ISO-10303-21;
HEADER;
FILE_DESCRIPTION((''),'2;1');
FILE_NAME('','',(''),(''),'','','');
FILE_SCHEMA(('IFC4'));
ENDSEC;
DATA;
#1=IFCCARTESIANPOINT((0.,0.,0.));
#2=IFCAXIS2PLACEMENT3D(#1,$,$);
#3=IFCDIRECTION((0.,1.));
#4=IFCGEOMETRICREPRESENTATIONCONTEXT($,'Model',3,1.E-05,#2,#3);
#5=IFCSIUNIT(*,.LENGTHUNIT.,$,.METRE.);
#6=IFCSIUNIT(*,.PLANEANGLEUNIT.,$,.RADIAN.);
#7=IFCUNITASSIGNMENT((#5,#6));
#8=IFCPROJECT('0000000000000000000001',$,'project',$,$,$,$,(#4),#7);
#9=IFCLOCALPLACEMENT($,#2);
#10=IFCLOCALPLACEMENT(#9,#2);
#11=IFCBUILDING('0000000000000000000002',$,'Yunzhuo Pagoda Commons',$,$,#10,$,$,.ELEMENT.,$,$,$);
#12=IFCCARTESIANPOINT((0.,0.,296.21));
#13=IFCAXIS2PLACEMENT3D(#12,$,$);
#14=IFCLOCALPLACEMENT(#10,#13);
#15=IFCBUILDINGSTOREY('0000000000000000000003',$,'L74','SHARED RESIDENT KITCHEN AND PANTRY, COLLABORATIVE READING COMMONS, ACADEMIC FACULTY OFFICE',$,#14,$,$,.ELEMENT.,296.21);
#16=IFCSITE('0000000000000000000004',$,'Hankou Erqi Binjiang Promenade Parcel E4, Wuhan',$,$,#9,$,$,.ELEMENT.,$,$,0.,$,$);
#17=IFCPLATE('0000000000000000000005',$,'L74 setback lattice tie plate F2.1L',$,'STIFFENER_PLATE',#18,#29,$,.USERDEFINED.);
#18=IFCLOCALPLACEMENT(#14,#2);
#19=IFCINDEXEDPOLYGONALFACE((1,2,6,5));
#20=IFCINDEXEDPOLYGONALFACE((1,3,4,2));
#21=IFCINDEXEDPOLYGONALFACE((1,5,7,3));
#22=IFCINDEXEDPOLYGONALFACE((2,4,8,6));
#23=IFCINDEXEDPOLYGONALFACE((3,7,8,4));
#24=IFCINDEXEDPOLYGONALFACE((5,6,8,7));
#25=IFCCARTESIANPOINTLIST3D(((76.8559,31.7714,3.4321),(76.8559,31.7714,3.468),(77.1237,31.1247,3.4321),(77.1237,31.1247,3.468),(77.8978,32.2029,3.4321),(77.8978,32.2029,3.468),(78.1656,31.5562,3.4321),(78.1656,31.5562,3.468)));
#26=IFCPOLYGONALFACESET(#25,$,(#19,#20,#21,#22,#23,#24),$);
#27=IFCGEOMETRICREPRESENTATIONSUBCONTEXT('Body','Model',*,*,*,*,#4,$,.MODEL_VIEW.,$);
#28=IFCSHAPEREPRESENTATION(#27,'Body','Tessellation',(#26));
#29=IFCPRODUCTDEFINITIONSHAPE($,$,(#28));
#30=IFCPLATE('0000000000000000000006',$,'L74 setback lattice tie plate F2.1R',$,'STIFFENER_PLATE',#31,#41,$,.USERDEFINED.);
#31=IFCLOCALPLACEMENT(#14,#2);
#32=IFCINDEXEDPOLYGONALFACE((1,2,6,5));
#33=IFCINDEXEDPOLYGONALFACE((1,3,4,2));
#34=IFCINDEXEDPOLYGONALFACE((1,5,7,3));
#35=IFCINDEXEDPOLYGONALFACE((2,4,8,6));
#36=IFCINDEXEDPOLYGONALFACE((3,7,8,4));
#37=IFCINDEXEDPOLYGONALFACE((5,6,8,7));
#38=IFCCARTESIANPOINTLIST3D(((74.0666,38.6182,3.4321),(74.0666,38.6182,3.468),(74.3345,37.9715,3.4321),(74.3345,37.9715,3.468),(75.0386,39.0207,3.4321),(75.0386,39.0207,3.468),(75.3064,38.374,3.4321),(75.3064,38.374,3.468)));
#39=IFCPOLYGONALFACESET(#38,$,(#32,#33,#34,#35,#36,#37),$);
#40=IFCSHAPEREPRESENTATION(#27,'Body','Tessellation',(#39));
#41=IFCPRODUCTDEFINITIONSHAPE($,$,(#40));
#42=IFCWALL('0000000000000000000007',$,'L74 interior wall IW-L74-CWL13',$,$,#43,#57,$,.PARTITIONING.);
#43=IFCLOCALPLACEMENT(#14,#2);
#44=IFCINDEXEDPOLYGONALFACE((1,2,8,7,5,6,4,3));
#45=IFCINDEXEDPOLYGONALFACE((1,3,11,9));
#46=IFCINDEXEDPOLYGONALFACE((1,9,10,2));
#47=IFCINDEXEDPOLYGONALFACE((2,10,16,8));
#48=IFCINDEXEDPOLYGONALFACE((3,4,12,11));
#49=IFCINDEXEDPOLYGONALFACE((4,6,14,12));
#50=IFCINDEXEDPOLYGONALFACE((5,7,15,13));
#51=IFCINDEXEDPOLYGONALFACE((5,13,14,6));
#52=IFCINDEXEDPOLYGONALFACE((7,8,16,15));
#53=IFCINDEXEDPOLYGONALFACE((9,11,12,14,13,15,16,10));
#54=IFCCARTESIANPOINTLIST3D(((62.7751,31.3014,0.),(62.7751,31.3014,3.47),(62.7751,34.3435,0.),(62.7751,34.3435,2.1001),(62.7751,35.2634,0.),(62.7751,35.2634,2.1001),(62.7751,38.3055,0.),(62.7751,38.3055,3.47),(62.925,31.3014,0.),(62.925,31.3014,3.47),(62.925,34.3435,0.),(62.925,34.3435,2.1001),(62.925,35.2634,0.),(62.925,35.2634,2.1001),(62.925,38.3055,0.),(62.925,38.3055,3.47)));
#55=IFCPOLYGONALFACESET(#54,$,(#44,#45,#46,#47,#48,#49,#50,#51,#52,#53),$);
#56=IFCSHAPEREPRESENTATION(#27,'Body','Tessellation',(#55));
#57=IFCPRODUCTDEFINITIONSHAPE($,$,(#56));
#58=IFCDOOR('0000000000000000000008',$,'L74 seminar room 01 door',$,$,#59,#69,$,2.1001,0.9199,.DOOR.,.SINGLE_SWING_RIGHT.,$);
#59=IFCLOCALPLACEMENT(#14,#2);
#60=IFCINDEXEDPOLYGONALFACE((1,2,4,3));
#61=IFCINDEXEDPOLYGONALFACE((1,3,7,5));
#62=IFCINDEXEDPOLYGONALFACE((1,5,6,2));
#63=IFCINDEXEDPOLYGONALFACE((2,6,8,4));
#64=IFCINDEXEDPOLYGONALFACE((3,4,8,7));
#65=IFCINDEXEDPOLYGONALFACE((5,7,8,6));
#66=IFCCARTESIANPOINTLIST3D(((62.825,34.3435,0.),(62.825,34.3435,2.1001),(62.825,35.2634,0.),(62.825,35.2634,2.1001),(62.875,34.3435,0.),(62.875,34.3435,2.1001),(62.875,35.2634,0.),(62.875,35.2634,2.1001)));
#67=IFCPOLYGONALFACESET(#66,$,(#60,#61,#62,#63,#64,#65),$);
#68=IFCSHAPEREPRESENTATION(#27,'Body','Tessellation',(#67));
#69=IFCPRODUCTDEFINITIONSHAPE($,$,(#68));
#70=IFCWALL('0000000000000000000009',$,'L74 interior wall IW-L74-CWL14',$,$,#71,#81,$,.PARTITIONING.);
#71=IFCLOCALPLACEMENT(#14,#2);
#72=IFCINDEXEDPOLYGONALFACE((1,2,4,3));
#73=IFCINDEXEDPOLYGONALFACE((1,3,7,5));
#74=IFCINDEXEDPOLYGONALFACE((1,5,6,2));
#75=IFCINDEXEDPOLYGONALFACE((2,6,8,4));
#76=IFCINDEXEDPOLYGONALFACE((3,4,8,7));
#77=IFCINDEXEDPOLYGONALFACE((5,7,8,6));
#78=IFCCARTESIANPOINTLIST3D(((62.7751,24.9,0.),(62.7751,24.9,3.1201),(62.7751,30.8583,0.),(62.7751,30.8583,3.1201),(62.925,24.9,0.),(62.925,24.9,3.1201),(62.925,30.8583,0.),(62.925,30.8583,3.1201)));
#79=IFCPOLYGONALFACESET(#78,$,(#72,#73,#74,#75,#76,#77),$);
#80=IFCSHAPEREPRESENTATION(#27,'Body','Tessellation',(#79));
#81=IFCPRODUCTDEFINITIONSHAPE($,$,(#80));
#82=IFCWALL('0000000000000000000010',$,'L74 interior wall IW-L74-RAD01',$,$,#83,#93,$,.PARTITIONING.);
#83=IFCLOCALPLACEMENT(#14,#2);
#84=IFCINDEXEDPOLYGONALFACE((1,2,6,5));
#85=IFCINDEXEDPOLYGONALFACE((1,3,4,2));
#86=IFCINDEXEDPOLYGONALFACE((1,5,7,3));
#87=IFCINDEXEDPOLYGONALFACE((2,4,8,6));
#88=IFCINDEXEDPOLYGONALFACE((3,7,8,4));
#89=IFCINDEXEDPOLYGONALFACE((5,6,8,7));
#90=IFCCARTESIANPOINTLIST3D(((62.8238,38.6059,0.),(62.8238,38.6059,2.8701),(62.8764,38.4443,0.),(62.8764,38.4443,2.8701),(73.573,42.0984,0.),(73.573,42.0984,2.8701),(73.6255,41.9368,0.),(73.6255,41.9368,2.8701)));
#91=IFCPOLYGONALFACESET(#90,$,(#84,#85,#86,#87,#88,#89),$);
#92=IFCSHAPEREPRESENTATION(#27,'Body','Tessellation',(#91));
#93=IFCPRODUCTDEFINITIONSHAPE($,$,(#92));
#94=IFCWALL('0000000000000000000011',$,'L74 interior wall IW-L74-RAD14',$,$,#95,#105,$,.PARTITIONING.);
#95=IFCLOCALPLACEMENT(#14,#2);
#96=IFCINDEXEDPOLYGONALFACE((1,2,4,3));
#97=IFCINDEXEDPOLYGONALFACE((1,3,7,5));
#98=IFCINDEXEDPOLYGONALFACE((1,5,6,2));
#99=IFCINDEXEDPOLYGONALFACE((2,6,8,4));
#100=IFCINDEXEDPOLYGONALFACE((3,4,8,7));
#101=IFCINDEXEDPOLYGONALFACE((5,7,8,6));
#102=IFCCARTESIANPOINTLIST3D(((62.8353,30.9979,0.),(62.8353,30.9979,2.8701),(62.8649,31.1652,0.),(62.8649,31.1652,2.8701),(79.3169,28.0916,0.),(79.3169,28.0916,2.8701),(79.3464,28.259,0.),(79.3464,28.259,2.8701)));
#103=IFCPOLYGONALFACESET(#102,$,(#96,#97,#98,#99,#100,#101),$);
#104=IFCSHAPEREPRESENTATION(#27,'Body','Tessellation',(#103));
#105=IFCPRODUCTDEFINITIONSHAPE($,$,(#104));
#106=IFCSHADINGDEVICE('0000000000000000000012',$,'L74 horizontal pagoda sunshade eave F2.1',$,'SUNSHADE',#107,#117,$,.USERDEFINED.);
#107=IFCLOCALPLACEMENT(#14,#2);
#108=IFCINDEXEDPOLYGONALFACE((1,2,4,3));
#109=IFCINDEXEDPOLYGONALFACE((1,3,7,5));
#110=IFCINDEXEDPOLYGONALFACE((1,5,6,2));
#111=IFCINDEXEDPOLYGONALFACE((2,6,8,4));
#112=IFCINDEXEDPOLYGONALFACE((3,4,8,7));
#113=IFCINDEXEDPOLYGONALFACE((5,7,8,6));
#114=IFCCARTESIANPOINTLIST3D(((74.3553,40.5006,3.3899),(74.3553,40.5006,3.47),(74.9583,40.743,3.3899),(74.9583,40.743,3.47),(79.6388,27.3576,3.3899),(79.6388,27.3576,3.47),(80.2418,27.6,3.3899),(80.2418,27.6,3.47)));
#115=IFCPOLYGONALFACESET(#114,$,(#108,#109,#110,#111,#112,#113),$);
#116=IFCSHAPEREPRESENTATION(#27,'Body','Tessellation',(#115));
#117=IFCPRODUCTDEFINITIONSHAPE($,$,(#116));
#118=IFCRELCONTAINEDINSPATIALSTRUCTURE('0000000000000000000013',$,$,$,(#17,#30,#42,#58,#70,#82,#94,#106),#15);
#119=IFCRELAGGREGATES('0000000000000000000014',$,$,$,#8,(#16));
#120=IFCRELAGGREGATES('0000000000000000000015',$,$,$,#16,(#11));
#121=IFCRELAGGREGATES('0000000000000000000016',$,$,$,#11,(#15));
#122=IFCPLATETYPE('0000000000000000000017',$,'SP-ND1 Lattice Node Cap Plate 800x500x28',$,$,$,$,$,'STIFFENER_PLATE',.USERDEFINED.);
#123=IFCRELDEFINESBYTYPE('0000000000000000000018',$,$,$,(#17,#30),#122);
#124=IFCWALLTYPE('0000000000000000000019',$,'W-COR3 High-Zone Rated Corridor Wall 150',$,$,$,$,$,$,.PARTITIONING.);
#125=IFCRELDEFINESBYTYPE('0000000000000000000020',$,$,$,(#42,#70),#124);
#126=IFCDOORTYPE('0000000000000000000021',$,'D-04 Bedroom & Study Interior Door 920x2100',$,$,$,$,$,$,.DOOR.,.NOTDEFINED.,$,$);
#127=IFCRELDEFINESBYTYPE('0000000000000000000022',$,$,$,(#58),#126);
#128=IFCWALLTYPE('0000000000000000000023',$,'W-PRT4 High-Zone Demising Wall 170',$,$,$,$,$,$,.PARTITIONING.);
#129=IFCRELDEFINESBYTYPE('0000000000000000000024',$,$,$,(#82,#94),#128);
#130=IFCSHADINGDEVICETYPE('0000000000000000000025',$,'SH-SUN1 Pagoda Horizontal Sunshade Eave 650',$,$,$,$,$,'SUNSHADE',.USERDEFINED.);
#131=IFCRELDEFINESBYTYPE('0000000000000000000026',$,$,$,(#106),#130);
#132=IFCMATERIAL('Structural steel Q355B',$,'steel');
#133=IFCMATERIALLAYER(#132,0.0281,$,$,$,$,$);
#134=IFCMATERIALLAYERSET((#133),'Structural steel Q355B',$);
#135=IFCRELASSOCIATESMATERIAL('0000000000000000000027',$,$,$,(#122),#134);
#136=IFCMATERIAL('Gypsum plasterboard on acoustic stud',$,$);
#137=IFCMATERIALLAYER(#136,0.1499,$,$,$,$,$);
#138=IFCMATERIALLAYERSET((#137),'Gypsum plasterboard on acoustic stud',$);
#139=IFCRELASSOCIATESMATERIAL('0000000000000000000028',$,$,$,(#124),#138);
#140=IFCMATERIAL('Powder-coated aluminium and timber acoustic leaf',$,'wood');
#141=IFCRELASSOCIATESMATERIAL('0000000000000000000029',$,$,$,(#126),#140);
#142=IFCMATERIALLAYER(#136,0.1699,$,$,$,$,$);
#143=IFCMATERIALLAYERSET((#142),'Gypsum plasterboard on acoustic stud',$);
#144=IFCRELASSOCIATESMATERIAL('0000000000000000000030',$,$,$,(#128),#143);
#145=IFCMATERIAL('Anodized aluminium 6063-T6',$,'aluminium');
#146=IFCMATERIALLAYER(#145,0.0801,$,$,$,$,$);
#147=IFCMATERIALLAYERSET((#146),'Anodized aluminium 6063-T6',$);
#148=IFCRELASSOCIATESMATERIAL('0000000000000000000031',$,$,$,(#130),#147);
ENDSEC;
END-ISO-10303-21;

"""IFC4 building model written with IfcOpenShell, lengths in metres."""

from ifc_helpers import new_model, si_unit, direction, frame, frame_2d, origin, origin_with_axes, origin_2d, place, context, subcontext, project, spatial, rectangle, extrude, source, transform, mapped, material, layer, layer_set, type_object, element, fill, save


model = new_model("IFC4")

# Units and contexts
model_context = context("Model", 3, precision=1e-05, world=origin(), true_north=direction((0.0, 1.0)))
body_context = subcontext(model_context, "Body", "Model", "MODEL_VIEW")
ifc_project = project(units=[si_unit("LENGTHUNIT", "METRE"), si_unit("PLANEANGLEUNIT", "RADIAN")], contexts=[model_context])

# Site, building, storey
site_placement = place(None, origin())
site = spatial("IfcSite", under=ifc_project, at=site_placement, Name="Hankou Erqi Binjiang Promenade Parcel E4, Wuhan", CompositionType="ELEMENT", RefElevation=0.0)
building_placement = place(site_placement, origin())
building = spatial("IfcBuilding", under=site, at=building_placement, Name="Yunzhuo Pagoda Commons", CompositionType="ELEMENT")
storey_placement = place(building_placement, frame((0.0, 0.0, 296.21)))
storey = spatial("IfcBuildingStorey", under=building, at=storey_placement, Name="L74", Description="SHARED RESIDENT KITCHEN AND PANTRY, COLLABORATIVE READING COMMONS, ACADEMIC FACULTY OFFICE", CompositionType="ELEMENT", Elevation=296.21)

# Shared definitions
ifc_material_1 = material(Name="Structural steel Q355B", Category="steel")

# Shared definitions
ifc_material_2 = material(Name="Anodized aluminium 6063-T6", Category="aluminium")

# Plates
ifc_layer_1 = layer(ifc_material_1, 0.0281)
ifc_layer_set_1 = layer_set([ifc_layer_1], Name="Structural steel Q355B")
plate_type_1 = type_object("IfcPlateType", Name="SP-ND1 Lattice Node Cap Plate 800x500x28", ElementType="STIFFENER_PLATE", PredefinedType="USERDEFINED", material=ifc_layer_set_1)
shared_shape_1 = source(origin(), body_context, "Body", "SweptSolid", [
    extrude(rectangle(XDim=0.7, YDim=1.1277, at=origin_2d()), origin(), (0.0, 0.0, 1.0), 0.0359),
])
plate_1_placement = place(storey_placement, frame((77.5107, 31.6638, 3.4321), z_axis=(0.0, 0.0, 1.0), x_axis=(-0.382635, 0.9239, 0.0)))
element("IfcPlate", 1, at=plate_1_placement, inside=storey, type_object=plate_type_1, Name="L74 setback lattice tie plate F2.1L", ObjectType="STIFFENER_PLATE", PredefinedType="USERDEFINED", context=body_context, shape_type="MappedRepresentation", body=[
    mapped(shared_shape_1, transform((0.0, 0.0, 0.0), scale=1.0)),
])
shared_shape_2 = source(origin(), body_context, "Body", "SweptSolid", [
    extrude(rectangle(XDim=0.7, YDim=1.052, at=origin_2d()), origin(), (0.0, 0.0, 1.0), 0.0359),
])
plate_2_placement = place(storey_placement, frame((74.6865, 38.4961, 3.4321), z_axis=(0.0, 0.0, 1.0), x_axis=(-0.382635, 0.9239, 0.0)))
element("IfcPlate", 2, at=plate_2_placement, inside=storey, type_object=plate_type_1, Name="L74 setback lattice tie plate F2.1R", ObjectType="STIFFENER_PLATE", PredefinedType="USERDEFINED", context=body_context, shape_type="MappedRepresentation", body=[
    mapped(shared_shape_2, transform((0.0, 0.0, 0.0), scale=1.0)),
])

# Wall, opening, door
ifc_material_3 = material(Name="Gypsum plasterboard on acoustic stud")
ifc_layer_2 = layer(ifc_material_3, 0.1499)
ifc_layer_set_2 = layer_set([ifc_layer_2], Name="Gypsum plasterboard on acoustic stud")
wall_type_1 = type_object("IfcWallType", Name="W-COR3 High-Zone Rated Corridor Wall 150", PredefinedType="PARTITIONING", material=ifc_layer_set_2)
wall_1_placement = place(storey_placement, frame((62.8501, 38.3054, 0.0), z_axis=(0.0, 0.0, 1.0), x_axis=(0.0, -1.0, 0.0)))
wall_1 = element("IfcWall", 3, at=wall_1_placement, inside=storey, type_object=wall_type_1, Name="L74 interior wall IW-L74-CWL13", PredefinedType="PARTITIONING", context=body_context, shape_type="SweptSolid", body=[
    extrude(rectangle(XDim=7.0042, YDim=0.1499, at=frame_2d((3.502, 0.0))), origin(), (0.0, 0.0, 1.0), 3.47),
])
opening_placement = place(wall_1_placement, frame((3.042, 0.0, 0.0)))
opening = element("IfcOpeningElement", 4, at=opening_placement, cuts=wall_1, PredefinedType="OPENING", context=body_context, shape_type="SweptSolid", body=[
    extrude(rectangle(XDim=0.9199, YDim=2.1001, at=frame_2d((0.46, 1.05))), frame((0.0, 0.085, 0.0), z_axis=(0.0, -1.0, 0.0), x_axis=(1.0, 0.0, 0.0)), (0.0, 0.0, 1.0), 0.1699),
])
ifc_material_4 = material(Name="Powder-coated aluminium and timber acoustic leaf", Category="wood")
door_type = type_object("IfcDoorType", Name="D-04 Bedroom & Study Interior Door 920x2100", OperationType="NOTDEFINED", PredefinedType="DOOR", material=ifc_material_4)
shared_shape_3 = source(origin(), body_context, "Body", "SweptSolid", [
    extrude(rectangle(XDim=0.9199, YDim=2.1001, at=frame_2d((0.46, 1.05))), frame((0.0, 0.0249, 0.0), z_axis=(0.0, -1.0, 0.0), x_axis=(1.0, 0.0, 0.0)), (0.0, 0.0, 1.0), 0.05),
])
door_placement = place(opening_placement, origin_with_axes())
door = element("IfcDoor", 5, at=door_placement, inside=storey, type_object=door_type, Name="L74 seminar room 01 door", OperationType="SINGLE_SWING_RIGHT", OverallHeight=2.1001, OverallWidth=0.9199, PredefinedType="DOOR", context=body_context, shape_type="MappedRepresentation", body=[
    mapped(shared_shape_3, transform((0.0, 0.0, 0.0), scale=1.0)),
])
fill(opening, door)

# Walls
wall_2_placement = place(storey_placement, frame((62.8501, 30.8582, 0.0), z_axis=(0.0, 0.0, 1.0), x_axis=(0.0, -1.0, 0.0)))
element("IfcWall", 6, at=wall_2_placement, inside=storey, type_object=wall_type_1, Name="L74 interior wall IW-L74-CWL14", PredefinedType="PARTITIONING", context=body_context, shape_type="SweptSolid", body=[
    extrude(rectangle(XDim=5.9583, YDim=0.1499, at=frame_2d((2.979, 0.0))), origin(), (0.0, 0.0, 1.0), 3.1201),
])
ifc_layer_3 = layer(ifc_material_3, 0.1699)
ifc_layer_set_3 = layer_set([ifc_layer_3], Name="Gypsum plasterboard on acoustic stud")
wall_type_2 = type_object("IfcWallType", Name="W-PRT4 High-Zone Demising Wall 170", PredefinedType="PARTITIONING", material=ifc_layer_set_3)
wall_3_placement = place(storey_placement, frame((62.8501, 38.5251, 0.0), z_axis=(0.0, 0.0, 1.0), x_axis=(0.95106, 0.309006, 0.0)))
element("IfcWall", 7, at=wall_3_placement, inside=storey, type_object=wall_type_2, Name="L74 interior wall IW-L74-RAD01", PredefinedType="PARTITIONING", context=body_context, shape_type="SweptSolid", body=[
    extrude(rectangle(XDim=11.3022, YDim=0.1699, at=frame_2d((5.6511, 0.0))), origin(), (0.0, 0.0, 1.0), 2.8701),
])
wall_4_placement = place(storey_placement, frame((62.8501, 31.0815, 0.0), z_axis=(0.0, 0.0, 1.0), x_axis=(0.984807, -0.173653, 0.0)))
element("IfcWall", 8, at=wall_4_placement, inside=storey, type_object=wall_type_2, Name="L74 interior wall IW-L74-RAD14", PredefinedType="PARTITIONING", context=body_context, shape_type="SweptSolid", body=[
    extrude(rectangle(XDim=16.7358, YDim=0.1699, at=frame_2d((8.3679, 0.0))), origin(), (0.0, 0.0, 1.0), 2.8701),
])

# Shading device
ifc_layer_4 = layer(ifc_material_2, 0.0801)
ifc_layer_set_4 = layer_set([ifc_layer_4], Name="Anodized aluminium 6063-T6")
shading_device_type = type_object("IfcShadingDeviceType", Name="SH-SUN1 Pagoda Horizontal Sunshade Eave 650", ElementType="SUNSHADE", PredefinedType="USERDEFINED", material=ifc_layer_set_4)
shared_shape_4 = source(origin(), body_context, "Body", "SweptSolid", [
    extrude(rectangle(XDim=14.1653, YDim=0.6499, at=origin_2d()), origin(), (0.0, 0.0, 1.0), 0.0801),
])
shading_device_placement = place(storey_placement, frame((77.2986, 34.0503, 3.3899), z_axis=(0.0, 0.0, 1.0), x_axis=(-0.372988, 0.927836, 0.0)))
element("IfcShadingDevice", 9, at=shading_device_placement, inside=storey, type_object=shading_device_type, Name="L74 horizontal pagoda sunshade eave F2.1", ObjectType="SUNSHADE", PredefinedType="USERDEFINED", context=body_context, shape_type="MappedRepresentation", body=[
    mapped(shared_shape_4, transform((0.0, 0.0, 0.0), scale=1.0)),
])

save(model, "model.ifc")
